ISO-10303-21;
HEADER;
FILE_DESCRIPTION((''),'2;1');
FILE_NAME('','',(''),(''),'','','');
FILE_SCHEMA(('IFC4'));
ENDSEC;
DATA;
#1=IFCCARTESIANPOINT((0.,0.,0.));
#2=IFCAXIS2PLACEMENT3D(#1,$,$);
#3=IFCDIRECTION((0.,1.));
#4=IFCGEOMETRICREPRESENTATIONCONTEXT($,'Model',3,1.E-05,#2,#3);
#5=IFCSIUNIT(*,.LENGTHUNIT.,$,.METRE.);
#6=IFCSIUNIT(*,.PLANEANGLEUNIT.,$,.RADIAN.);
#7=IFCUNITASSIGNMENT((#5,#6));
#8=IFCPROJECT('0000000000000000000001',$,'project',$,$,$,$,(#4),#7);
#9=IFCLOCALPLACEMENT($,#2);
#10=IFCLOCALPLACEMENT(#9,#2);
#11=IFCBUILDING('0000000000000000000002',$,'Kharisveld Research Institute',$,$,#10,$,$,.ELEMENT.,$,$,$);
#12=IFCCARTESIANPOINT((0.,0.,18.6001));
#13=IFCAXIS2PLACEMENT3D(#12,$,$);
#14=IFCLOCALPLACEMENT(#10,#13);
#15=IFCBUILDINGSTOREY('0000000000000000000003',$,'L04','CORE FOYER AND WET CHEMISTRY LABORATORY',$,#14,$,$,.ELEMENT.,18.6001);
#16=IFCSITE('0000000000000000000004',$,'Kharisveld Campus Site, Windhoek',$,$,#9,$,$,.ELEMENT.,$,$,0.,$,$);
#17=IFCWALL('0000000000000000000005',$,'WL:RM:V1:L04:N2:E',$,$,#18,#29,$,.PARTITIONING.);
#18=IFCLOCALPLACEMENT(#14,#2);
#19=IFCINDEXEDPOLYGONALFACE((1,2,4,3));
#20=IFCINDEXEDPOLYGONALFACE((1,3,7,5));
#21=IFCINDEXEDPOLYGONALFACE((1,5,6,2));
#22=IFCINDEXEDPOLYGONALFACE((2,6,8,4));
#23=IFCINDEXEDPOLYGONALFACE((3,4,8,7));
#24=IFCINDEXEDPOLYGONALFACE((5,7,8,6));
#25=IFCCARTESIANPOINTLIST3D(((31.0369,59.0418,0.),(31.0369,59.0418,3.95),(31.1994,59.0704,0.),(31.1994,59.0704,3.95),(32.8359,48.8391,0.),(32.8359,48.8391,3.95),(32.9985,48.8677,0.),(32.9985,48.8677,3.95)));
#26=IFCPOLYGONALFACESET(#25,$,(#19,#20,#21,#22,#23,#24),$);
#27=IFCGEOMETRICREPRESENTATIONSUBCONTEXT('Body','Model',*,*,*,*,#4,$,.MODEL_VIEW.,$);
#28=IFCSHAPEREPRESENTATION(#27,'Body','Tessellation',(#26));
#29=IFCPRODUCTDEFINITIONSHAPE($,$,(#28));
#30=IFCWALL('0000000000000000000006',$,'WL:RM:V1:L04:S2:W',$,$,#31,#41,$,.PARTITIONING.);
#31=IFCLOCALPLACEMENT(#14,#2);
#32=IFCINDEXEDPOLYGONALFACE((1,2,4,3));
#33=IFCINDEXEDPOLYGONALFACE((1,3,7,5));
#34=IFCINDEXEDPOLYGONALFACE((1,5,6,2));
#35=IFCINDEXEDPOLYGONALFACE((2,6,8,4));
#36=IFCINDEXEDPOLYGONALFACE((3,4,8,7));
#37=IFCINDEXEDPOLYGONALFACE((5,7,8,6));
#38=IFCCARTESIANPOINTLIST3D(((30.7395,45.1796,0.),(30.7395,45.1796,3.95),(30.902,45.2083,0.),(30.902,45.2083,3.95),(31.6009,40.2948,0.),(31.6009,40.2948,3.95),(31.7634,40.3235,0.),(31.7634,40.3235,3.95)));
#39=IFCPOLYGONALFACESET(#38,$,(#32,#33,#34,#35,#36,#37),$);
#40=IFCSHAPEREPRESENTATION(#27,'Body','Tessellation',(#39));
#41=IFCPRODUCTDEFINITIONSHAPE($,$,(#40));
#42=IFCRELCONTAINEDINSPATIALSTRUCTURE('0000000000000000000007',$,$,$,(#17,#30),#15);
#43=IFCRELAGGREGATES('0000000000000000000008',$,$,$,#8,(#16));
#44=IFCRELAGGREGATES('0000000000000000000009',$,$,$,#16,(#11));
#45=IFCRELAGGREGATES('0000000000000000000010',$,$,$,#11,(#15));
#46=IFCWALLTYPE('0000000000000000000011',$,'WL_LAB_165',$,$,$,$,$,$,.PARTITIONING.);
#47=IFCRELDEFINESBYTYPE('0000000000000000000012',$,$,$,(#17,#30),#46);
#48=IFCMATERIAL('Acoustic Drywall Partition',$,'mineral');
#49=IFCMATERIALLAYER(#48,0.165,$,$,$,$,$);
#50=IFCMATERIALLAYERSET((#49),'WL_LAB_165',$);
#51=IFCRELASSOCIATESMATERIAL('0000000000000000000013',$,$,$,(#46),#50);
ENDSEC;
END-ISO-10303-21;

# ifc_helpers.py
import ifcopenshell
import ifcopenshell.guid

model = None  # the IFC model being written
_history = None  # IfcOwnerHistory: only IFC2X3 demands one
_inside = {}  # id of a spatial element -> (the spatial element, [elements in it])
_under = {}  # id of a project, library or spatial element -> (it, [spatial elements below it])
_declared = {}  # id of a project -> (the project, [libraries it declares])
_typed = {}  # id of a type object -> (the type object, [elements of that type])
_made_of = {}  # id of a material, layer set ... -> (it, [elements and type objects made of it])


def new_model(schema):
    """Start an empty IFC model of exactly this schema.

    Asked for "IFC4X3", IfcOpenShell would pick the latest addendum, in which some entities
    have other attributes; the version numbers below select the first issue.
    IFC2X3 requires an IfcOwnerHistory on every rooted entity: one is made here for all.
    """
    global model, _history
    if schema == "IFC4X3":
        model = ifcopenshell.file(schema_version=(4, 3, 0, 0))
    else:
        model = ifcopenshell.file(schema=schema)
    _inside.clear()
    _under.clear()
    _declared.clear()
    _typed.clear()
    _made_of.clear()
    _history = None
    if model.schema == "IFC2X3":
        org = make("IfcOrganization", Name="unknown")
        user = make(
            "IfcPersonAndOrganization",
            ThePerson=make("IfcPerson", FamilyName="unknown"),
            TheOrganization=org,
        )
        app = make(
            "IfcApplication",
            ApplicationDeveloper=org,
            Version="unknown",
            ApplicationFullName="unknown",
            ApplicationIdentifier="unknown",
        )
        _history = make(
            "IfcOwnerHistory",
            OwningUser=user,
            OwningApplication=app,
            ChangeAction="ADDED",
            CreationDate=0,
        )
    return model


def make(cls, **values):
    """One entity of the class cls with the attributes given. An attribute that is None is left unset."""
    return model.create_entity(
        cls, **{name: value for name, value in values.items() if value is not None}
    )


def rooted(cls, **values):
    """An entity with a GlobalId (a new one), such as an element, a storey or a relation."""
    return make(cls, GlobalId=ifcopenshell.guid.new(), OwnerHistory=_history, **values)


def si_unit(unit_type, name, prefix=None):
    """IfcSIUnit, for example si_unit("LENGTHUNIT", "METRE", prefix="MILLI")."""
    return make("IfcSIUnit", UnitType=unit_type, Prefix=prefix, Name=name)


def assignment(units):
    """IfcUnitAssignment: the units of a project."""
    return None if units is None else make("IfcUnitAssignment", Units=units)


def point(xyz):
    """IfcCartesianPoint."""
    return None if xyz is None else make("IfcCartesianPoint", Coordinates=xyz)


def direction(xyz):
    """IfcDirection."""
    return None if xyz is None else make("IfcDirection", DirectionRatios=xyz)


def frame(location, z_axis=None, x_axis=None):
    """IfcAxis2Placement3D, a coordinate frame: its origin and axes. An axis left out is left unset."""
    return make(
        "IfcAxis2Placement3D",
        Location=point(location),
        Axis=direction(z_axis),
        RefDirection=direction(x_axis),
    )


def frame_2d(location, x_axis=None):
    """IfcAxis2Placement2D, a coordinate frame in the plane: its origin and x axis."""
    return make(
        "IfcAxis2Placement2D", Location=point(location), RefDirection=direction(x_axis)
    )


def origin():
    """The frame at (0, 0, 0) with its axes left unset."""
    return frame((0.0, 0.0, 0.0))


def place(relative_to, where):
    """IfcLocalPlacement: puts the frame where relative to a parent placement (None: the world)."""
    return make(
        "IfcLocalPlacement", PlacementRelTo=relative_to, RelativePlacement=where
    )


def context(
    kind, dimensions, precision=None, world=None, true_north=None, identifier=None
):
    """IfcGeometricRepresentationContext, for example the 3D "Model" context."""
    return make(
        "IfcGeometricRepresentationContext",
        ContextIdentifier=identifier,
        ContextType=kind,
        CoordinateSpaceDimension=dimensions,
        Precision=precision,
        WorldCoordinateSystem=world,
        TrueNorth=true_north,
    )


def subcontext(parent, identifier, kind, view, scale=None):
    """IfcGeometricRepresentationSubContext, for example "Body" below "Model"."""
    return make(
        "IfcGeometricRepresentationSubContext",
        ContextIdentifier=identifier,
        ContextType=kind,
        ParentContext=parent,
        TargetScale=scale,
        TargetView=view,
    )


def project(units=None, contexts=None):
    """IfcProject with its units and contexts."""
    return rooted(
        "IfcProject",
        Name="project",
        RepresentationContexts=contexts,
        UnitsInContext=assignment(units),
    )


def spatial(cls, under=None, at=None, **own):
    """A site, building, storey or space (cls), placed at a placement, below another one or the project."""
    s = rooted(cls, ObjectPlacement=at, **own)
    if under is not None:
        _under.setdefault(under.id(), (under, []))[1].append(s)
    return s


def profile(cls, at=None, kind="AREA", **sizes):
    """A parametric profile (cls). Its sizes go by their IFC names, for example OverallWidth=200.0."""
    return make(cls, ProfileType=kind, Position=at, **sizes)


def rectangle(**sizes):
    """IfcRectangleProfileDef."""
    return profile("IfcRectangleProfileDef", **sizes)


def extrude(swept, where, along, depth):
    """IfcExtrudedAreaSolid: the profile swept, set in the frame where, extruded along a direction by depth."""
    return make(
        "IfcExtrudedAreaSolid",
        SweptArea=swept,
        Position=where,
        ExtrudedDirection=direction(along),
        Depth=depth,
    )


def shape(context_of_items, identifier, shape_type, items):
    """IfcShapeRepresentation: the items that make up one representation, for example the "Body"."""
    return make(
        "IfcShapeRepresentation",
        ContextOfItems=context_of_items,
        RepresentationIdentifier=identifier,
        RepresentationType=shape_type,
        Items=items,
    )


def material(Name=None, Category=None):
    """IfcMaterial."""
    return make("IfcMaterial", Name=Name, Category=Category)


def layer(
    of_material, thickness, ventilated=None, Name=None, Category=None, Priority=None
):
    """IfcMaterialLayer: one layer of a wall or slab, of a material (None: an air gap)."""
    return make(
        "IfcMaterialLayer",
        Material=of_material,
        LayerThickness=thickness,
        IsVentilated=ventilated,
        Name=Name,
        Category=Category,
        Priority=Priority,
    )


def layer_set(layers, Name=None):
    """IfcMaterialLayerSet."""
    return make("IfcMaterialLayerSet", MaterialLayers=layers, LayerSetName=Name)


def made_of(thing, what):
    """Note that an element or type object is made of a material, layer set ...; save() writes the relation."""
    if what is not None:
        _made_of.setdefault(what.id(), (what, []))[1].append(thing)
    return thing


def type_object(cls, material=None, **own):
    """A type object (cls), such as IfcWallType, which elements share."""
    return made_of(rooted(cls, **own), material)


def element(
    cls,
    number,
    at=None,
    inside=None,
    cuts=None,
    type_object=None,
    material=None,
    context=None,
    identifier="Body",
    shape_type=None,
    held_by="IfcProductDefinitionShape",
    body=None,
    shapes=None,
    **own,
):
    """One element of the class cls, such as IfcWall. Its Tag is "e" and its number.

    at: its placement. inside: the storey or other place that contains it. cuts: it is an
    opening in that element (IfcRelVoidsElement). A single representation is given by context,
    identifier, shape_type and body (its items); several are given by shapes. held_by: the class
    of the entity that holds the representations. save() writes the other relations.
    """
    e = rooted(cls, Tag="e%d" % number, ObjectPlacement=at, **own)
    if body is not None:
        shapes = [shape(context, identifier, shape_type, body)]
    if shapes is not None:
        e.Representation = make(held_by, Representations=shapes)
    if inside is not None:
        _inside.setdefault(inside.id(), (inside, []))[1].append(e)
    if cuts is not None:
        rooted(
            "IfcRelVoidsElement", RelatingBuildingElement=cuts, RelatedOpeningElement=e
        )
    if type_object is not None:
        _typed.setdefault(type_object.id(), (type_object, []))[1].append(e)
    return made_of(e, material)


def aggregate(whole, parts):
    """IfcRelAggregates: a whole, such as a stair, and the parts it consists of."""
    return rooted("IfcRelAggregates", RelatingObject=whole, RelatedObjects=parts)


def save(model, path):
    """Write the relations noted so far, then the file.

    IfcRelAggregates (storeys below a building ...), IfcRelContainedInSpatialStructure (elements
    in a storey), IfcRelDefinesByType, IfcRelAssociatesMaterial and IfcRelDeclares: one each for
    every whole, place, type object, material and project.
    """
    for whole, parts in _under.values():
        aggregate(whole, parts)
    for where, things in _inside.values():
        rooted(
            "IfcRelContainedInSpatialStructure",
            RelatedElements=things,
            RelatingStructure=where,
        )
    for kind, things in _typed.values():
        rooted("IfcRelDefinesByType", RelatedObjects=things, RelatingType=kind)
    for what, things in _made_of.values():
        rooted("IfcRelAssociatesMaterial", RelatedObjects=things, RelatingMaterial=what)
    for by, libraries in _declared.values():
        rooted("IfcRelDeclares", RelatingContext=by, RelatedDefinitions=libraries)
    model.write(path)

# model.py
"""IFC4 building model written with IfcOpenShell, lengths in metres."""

from ifc_helpers import new_model, si_unit, direction, frame, frame_2d, origin, place, context, subcontext, project, spatial, rectangle, extrude, material, layer, layer_set, type_object, element, save


model = new_model("IFC4")

# Units and contexts
model_context = context("Model", 3, precision=1e-05, world=origin(), true_north=direction((0.0, 1.0)))
body_context = subcontext(model_context, "Body", "Model", "MODEL_VIEW")
ifc_project = project(units=[si_unit("LENGTHUNIT", "METRE"), si_unit("PLANEANGLEUNIT", "RADIAN")], contexts=[model_context])

# Site, building, storey
site_placement = place(None, origin())
site = spatial("IfcSite", under=ifc_project, at=site_placement, Name="Kharisveld Campus Site, Windhoek", CompositionType="ELEMENT", RefElevation=0.0)
building_placement = place(site_placement, origin())
building = spatial("IfcBuilding", under=site, at=building_placement, Name="Kharisveld Research Institute", CompositionType="ELEMENT")
storey_placement = place(building_placement, frame((0.0, 0.0, 18.6001)))
storey = spatial("IfcBuildingStorey", under=building, at=storey_placement, Name="L04", Description="CORE FOYER AND WET CHEMISTRY LABORATORY", CompositionType="ELEMENT", Elevation=18.6001)

# Walls
ifc_material_1 = material(Name="Acoustic Drywall Partition", Category="mineral")
ifc_layer_1 = layer(ifc_material_1, 0.165)
ifc_layer_set_1 = layer_set([ifc_layer_1], Name="WL_LAB_165")
wall_type_1 = type_object("IfcWallType", Name="WL_LAB_165", PredefinedType="PARTITIONING", material=ifc_layer_set_1)
wall_1_placement = place(storey_placement, frame((32.9172, 48.8533, 0.0), z_axis=(0.0, 0.0, 1.0), x_axis=(-0.173655, 0.984807, 0.0)))
element("IfcWall", 1, at=wall_1_placement, inside=storey, type_object=wall_type_1, Name="WL:RM:V1:L04:N2:E", PredefinedType="PARTITIONING", context=body_context, shape_type="SweptSolid", body=[
    extrude(rectangle(XDim=10.3601, YDim=0.165, at=frame_2d((5.1802, 0.0))), origin(), (0.0, 0.0, 1.0), 3.95),
])
wall_2_placement = place(storey_placement, frame((30.8208, 45.1938, 0.0), z_axis=(0.0, 0.0, 1.0), x_axis=(0.173651, -0.984807, 0.0)))
element("IfcWall", 2, at=wall_2_placement, inside=storey, type_object=wall_type_1, Name="WL:RM:V1:L04:S2:W", PredefinedType="PARTITIONING", context=body_context, shape_type="SweptSolid", body=[
    extrude(rectangle(XDim=4.9602, YDim=0.165, at=frame_2d((2.48, 0.0))), origin(), (0.0, 0.0, 1.0), 3.95),
])

save(model, "model.ifc")
